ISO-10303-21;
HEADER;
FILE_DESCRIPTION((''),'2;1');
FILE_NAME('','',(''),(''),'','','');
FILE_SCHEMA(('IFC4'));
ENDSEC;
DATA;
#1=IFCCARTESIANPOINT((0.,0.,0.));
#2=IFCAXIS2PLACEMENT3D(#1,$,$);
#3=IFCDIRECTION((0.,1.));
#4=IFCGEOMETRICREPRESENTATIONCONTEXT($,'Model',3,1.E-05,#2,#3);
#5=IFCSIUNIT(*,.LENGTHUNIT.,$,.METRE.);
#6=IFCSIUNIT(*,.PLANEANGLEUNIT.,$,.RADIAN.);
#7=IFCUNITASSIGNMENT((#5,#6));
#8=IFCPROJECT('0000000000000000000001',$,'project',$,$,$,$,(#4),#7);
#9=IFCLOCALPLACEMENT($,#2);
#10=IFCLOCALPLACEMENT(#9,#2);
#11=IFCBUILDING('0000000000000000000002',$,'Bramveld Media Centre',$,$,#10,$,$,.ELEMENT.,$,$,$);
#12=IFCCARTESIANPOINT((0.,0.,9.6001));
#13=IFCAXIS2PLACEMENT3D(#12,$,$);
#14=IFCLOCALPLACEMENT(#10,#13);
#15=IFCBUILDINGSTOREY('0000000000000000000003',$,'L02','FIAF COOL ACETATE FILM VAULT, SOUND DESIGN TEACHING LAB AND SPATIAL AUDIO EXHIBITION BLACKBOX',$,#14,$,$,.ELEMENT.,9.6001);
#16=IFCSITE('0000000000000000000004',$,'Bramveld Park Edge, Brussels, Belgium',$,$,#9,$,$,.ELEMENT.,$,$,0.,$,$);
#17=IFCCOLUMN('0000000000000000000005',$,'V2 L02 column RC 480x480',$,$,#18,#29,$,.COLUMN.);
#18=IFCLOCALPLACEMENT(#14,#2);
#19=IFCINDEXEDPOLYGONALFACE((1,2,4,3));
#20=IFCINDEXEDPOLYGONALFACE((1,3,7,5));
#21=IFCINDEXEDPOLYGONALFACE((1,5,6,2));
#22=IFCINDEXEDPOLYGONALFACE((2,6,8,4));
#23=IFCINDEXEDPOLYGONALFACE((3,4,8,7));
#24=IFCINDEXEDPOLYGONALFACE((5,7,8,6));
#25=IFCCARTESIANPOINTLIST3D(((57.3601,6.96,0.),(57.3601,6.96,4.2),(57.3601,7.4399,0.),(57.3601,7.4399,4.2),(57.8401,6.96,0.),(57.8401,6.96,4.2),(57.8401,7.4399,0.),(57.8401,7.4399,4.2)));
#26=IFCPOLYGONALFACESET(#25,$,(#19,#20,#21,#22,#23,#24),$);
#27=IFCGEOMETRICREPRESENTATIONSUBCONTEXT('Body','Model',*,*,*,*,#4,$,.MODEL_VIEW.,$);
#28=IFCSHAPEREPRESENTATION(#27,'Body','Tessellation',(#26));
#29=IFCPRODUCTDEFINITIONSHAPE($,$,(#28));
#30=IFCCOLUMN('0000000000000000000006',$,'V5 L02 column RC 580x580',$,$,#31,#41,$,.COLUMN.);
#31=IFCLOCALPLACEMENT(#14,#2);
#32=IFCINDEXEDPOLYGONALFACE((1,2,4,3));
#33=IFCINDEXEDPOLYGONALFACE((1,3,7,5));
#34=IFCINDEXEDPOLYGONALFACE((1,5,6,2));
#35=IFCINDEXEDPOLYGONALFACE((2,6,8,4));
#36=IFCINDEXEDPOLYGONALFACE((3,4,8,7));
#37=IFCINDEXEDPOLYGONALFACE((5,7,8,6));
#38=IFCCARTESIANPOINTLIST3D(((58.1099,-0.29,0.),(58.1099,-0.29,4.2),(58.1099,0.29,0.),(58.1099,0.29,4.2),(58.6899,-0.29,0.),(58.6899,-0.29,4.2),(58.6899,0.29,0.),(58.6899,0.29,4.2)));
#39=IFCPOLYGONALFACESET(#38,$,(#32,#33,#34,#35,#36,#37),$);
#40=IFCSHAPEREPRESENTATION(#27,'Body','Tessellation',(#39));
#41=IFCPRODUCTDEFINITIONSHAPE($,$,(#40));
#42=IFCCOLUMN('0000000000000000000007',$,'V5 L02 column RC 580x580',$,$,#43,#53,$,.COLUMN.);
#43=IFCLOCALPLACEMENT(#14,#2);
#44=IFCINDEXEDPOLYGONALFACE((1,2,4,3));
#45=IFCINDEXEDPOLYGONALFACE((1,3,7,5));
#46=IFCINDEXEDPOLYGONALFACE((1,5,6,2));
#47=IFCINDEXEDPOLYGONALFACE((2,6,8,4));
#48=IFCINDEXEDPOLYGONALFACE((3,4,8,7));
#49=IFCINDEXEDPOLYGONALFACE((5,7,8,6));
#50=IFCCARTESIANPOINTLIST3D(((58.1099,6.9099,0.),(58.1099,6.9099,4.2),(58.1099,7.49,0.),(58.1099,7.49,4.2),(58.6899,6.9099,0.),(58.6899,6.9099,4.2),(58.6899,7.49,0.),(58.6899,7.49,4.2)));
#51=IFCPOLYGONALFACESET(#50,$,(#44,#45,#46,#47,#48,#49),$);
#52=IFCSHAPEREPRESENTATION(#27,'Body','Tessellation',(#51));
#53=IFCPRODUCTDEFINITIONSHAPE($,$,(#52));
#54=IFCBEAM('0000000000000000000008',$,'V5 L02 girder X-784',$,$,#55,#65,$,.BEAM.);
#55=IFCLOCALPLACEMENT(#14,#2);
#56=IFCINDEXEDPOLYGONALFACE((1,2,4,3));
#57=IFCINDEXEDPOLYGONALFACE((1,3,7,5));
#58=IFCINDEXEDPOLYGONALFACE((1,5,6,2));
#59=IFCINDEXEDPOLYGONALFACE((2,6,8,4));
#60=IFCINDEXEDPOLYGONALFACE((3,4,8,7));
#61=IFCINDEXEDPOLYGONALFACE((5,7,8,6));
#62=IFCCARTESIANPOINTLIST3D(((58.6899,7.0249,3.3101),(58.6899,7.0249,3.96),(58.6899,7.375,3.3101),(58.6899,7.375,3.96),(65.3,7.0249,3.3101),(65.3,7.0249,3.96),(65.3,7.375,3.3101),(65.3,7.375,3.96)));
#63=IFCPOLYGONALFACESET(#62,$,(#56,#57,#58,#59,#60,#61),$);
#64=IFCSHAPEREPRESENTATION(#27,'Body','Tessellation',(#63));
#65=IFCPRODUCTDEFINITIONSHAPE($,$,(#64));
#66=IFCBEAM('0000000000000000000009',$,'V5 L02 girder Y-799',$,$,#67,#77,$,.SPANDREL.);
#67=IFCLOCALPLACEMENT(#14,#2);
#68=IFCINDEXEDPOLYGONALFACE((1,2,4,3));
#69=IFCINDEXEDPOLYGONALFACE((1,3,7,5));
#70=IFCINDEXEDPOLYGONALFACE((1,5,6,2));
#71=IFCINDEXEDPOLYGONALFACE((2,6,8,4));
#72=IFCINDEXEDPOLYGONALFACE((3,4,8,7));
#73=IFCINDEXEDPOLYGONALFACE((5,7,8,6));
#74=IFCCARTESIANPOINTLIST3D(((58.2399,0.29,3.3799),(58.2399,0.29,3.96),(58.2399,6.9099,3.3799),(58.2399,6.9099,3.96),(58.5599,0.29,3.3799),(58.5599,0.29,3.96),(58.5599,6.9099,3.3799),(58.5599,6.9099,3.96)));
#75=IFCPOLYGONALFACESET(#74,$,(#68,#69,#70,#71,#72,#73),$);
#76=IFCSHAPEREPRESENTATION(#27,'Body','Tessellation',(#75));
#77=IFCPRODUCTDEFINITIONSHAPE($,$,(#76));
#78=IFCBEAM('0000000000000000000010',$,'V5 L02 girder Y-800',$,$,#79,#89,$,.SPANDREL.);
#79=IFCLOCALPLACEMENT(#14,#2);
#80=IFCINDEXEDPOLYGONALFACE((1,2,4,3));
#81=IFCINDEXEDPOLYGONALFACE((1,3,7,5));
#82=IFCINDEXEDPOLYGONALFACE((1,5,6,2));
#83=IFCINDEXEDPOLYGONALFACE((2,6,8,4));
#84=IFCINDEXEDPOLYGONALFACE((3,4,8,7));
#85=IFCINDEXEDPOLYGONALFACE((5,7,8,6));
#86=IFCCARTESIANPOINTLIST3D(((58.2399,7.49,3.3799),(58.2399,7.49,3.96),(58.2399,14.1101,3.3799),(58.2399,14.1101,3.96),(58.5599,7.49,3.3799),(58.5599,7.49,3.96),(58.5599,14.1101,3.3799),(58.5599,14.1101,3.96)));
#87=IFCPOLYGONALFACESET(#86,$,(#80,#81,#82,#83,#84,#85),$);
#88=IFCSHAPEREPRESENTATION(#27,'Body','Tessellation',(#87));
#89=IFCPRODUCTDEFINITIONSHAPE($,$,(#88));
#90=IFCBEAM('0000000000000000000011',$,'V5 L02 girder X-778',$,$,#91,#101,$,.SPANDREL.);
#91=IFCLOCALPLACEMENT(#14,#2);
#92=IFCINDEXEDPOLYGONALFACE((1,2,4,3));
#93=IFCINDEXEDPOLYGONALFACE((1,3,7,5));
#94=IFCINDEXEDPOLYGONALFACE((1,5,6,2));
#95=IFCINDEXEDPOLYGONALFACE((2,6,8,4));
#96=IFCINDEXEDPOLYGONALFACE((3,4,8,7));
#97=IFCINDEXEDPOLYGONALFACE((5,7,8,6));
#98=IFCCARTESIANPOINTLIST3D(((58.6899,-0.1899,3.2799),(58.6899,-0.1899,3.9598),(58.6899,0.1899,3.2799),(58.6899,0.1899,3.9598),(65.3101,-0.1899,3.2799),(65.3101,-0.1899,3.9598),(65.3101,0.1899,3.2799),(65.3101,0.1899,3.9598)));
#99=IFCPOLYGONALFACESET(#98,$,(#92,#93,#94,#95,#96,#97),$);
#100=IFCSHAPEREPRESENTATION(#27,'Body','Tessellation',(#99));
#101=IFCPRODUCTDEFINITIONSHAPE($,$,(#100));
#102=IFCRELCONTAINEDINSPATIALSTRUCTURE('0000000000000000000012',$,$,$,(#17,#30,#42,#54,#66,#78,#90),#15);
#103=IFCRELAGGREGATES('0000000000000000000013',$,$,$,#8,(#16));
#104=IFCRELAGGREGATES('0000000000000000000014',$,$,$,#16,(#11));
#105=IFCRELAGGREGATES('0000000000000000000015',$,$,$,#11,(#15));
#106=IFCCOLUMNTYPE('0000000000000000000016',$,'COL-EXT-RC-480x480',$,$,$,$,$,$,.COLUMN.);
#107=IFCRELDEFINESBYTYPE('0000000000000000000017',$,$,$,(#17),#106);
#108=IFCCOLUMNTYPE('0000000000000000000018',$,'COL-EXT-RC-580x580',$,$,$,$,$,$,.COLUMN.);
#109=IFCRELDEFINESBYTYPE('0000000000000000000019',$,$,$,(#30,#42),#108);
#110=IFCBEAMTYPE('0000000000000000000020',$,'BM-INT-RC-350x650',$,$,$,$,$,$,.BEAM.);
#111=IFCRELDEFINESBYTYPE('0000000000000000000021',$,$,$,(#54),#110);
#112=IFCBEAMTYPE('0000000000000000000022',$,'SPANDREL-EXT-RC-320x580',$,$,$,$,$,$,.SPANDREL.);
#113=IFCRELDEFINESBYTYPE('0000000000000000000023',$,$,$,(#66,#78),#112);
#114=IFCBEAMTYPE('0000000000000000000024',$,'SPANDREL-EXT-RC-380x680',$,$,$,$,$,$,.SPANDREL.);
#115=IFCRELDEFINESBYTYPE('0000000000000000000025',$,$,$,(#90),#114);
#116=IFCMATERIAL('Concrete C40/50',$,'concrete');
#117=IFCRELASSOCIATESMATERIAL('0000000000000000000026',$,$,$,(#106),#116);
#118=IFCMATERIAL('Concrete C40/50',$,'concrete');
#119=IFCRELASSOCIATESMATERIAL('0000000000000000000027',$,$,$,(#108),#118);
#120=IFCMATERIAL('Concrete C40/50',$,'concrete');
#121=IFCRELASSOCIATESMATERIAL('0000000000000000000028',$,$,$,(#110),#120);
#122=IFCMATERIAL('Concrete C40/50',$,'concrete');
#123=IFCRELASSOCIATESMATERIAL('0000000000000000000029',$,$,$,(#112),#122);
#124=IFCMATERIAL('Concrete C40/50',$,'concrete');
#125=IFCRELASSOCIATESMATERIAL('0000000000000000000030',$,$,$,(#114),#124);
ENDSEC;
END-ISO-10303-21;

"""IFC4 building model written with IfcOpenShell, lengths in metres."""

from ifc_helpers import new_model, si_unit, direction, frame, origin, origin_2d, place, context, subcontext, project, spatial, rectangle, extrude, material, material_profile, profile_set, type_object, element, save


model = new_model("IFC4")

# Units and contexts
model_context = context("Model", 3, precision=1e-05, world=origin(), true_north=direction((0.0, 1.0)))
body_context = subcontext(model_context, "Body", "Model", "MODEL_VIEW")
ifc_project = project(units=[si_unit("LENGTHUNIT", "METRE"), si_unit("PLANEANGLEUNIT", "RADIAN")], contexts=[model_context])

# Site, building, storey
site_placement = place(None, origin())
site = spatial("IfcSite", under=ifc_project, at=site_placement, Name="Bramveld Park Edge, Brussels, Belgium", CompositionType="ELEMENT", RefElevation=0.0)
building_placement = place(site_placement, origin())
building = spatial("IfcBuilding", under=site, at=building_placement, Name="Bramveld Media Centre", CompositionType="ELEMENT")
storey_placement = place(building_placement, frame((0.0, 0.0, 9.6001)))
storey = spatial("IfcBuildingStorey", under=building, at=storey_placement, Name="L02", Description="FIAF COOL ACETATE FILM VAULT, SOUND DESIGN TEACHING LAB AND SPATIAL AUDIO EXHIBITION BLACKBOX", CompositionType="ELEMENT", Elevation=9.6001)

# Columns
ifc_material_1 = material(Name="Concrete C40/50", Category="concrete")
ifc_material_profile_1 = material_profile(ifc_material_1, rectangle(XDim=0.48, YDim=0.48, at=origin_2d()), Name="RC 480x480")
ifc_profile_set_1 = profile_set([ifc_material_profile_1], Name="Concrete C40/50")
column_type_1 = type_object("IfcColumnType", Name="COL-EXT-RC-480x480", PredefinedType="COLUMN", material=ifc_profile_set_1)
column_placement = place(storey_placement, frame((57.6001, 7.2, 0.0), z_axis=(0.0, 0.0, 1.0), x_axis=(1.0, 0.0, 0.0)))
element("IfcColumn", 1, at=column_placement, inside=storey, type_object=column_type_1, Name="V2 L02 column RC 480x480", PredefinedType="COLUMN", context=body_context, shape_type="SweptSolid", body=[
    extrude(rectangle(XDim=0.48, YDim=0.48, at=origin_2d()), origin(), (0.0, 0.0, 1.0), 4.2),
])
ifc_material_2 = material(Name="Concrete C40/50", Category="concrete")
ifc_material_profile_2 = material_profile(ifc_material_2, rectangle(XDim=0.5801, YDim=0.5801, at=origin_2d()), Name="RC 580x580")
ifc_profile_set_2 = profile_set([ifc_material_profile_2], Name="Concrete C40/50")
column_type_2 = type_object("IfcColumnType", Name="COL-EXT-RC-580x580", PredefinedType="COLUMN", material=ifc_profile_set_2)
for number, where, z_axis, x_axis, name in (
    (2, (58.3999, 0.0, 0.0), (0.0, 0.0, 1.0), (1.0, 0.0, 0.0), "V5 L02 column RC 580x580"),
    (3, (58.3999, 7.2, 0.0), (0.0, 0.0, 1.0), (1.0, 0.0, 0.0), "V5 L02 column RC 580x580"),
):
    element("IfcColumn", number, at=place(storey_placement, frame(where, z_axis=z_axis, x_axis=x_axis)), inside=storey, type_object=column_type_2, Name=name, PredefinedType="COLUMN", context=body_context, shape_type="SweptSolid", body=[
        extrude(rectangle(XDim=0.5801, YDim=0.5801, at=origin_2d()), origin(), (0.0, 0.0, 1.0), 4.2),
    ])

# Beams
ifc_material_3 = material(Name="Concrete C40/50", Category="concrete")
ifc_material_profile_3 = material_profile(ifc_material_3, rectangle(XDim=0.3501, YDim=0.6499, at=origin_2d()), Name="RC 350x650")
ifc_profile_set_3 = profile_set([ifc_material_profile_3], Name="Concrete C40/50")
beam_type_1 = type_object("IfcBeamType", Name="BM-INT-RC-350x650", PredefinedType="BEAM", material=ifc_profile_set_3)
beam_1_placement = place(storey_placement, frame((58.6899, 7.2, 3.635), z_axis=(1.0, 0.0, 0.0), x_axis=(0.0, 1.0, 0.0)))
element("IfcBeam", 4, at=beam_1_placement, inside=storey, type_object=beam_type_1, Name="V5 L02 girder X-784", PredefinedType="BEAM", context=body_context, shape_type="SweptSolid", body=[
    extrude(rectangle(XDim=0.3501, YDim=0.6499, at=origin_2d()), origin(), (0.0, 0.0, 1.0), 6.6101),
])
ifc_material_4 = material(Name="Concrete C40/50", Category="concrete")
ifc_material_profile_4 = material_profile(ifc_material_4, rectangle(XDim=0.3201, YDim=0.5801, at=origin_2d()), Name="RC 320x580")
ifc_profile_set_4 = profile_set([ifc_material_profile_4], Name="Concrete C40/50")
beam_type_2 = type_object("IfcBeamType", Name="SPANDREL-EXT-RC-320x580", PredefinedType="SPANDREL", material=ifc_profile_set_4)
beam_2_placement = place(storey_placement, frame((58.3999, 0.29, 3.6699), z_axis=(0.0, 1.0, 0.0), x_axis=(-1.0, 0.0, 0.0)))
element("IfcBeam", 5, at=beam_2_placement, inside=storey, type_object=beam_type_2, Name="V5 L02 girder Y-799", PredefinedType="SPANDREL", context=body_context, shape_type="SweptSolid", body=[
    extrude(rectangle(XDim=0.3201, YDim=0.5801, at=origin_2d()), origin(), (0.0, 0.0, 1.0), 6.6199),
])
beam_3_placement = place(storey_placement, frame((58.3999, 7.49, 3.6699), z_axis=(0.0, 1.0, 0.0), x_axis=(-1.0, 0.0, 0.0)))
element("IfcBeam", 6, at=beam_3_placement, inside=storey, type_object=beam_type_2, Name="V5 L02 girder Y-800", PredefinedType="SPANDREL", context=body_context, shape_type="SweptSolid", body=[
    extrude(rectangle(XDim=0.3201, YDim=0.5801, at=origin_2d()), origin(), (0.0, 0.0, 1.0), 6.6201),
])
ifc_material_5 = material(Name="Concrete C40/50", Category="concrete")
ifc_material_profile_5 = material_profile(ifc_material_5, rectangle(XDim=0.3799, YDim=0.6799, at=origin_2d()), Name="RC 380x680")
ifc_profile_set_5 = profile_set([ifc_material_profile_5], Name="Concrete C40/50")
beam_type_3 = type_object("IfcBeamType", Name="SPANDREL-EXT-RC-380x680", PredefinedType="SPANDREL", material=ifc_profile_set_5)
beam_4_placement = place(storey_placement, frame((58.6899, 0.0, 3.6199), z_axis=(1.0, 0.0, 0.0), x_axis=(0.0, 1.0, 0.0)))
element("IfcBeam", 7, at=beam_4_placement, inside=storey, type_object=beam_type_3, Name="V5 L02 girder X-778", PredefinedType="SPANDREL", context=body_context, shape_type="SweptSolid", body=[
    extrude(rectangle(XDim=0.3799, YDim=0.6799, at=origin_2d()), origin(), (0.0, 0.0, 1.0), 6.6201),
])

save(model, "model.ifc")
